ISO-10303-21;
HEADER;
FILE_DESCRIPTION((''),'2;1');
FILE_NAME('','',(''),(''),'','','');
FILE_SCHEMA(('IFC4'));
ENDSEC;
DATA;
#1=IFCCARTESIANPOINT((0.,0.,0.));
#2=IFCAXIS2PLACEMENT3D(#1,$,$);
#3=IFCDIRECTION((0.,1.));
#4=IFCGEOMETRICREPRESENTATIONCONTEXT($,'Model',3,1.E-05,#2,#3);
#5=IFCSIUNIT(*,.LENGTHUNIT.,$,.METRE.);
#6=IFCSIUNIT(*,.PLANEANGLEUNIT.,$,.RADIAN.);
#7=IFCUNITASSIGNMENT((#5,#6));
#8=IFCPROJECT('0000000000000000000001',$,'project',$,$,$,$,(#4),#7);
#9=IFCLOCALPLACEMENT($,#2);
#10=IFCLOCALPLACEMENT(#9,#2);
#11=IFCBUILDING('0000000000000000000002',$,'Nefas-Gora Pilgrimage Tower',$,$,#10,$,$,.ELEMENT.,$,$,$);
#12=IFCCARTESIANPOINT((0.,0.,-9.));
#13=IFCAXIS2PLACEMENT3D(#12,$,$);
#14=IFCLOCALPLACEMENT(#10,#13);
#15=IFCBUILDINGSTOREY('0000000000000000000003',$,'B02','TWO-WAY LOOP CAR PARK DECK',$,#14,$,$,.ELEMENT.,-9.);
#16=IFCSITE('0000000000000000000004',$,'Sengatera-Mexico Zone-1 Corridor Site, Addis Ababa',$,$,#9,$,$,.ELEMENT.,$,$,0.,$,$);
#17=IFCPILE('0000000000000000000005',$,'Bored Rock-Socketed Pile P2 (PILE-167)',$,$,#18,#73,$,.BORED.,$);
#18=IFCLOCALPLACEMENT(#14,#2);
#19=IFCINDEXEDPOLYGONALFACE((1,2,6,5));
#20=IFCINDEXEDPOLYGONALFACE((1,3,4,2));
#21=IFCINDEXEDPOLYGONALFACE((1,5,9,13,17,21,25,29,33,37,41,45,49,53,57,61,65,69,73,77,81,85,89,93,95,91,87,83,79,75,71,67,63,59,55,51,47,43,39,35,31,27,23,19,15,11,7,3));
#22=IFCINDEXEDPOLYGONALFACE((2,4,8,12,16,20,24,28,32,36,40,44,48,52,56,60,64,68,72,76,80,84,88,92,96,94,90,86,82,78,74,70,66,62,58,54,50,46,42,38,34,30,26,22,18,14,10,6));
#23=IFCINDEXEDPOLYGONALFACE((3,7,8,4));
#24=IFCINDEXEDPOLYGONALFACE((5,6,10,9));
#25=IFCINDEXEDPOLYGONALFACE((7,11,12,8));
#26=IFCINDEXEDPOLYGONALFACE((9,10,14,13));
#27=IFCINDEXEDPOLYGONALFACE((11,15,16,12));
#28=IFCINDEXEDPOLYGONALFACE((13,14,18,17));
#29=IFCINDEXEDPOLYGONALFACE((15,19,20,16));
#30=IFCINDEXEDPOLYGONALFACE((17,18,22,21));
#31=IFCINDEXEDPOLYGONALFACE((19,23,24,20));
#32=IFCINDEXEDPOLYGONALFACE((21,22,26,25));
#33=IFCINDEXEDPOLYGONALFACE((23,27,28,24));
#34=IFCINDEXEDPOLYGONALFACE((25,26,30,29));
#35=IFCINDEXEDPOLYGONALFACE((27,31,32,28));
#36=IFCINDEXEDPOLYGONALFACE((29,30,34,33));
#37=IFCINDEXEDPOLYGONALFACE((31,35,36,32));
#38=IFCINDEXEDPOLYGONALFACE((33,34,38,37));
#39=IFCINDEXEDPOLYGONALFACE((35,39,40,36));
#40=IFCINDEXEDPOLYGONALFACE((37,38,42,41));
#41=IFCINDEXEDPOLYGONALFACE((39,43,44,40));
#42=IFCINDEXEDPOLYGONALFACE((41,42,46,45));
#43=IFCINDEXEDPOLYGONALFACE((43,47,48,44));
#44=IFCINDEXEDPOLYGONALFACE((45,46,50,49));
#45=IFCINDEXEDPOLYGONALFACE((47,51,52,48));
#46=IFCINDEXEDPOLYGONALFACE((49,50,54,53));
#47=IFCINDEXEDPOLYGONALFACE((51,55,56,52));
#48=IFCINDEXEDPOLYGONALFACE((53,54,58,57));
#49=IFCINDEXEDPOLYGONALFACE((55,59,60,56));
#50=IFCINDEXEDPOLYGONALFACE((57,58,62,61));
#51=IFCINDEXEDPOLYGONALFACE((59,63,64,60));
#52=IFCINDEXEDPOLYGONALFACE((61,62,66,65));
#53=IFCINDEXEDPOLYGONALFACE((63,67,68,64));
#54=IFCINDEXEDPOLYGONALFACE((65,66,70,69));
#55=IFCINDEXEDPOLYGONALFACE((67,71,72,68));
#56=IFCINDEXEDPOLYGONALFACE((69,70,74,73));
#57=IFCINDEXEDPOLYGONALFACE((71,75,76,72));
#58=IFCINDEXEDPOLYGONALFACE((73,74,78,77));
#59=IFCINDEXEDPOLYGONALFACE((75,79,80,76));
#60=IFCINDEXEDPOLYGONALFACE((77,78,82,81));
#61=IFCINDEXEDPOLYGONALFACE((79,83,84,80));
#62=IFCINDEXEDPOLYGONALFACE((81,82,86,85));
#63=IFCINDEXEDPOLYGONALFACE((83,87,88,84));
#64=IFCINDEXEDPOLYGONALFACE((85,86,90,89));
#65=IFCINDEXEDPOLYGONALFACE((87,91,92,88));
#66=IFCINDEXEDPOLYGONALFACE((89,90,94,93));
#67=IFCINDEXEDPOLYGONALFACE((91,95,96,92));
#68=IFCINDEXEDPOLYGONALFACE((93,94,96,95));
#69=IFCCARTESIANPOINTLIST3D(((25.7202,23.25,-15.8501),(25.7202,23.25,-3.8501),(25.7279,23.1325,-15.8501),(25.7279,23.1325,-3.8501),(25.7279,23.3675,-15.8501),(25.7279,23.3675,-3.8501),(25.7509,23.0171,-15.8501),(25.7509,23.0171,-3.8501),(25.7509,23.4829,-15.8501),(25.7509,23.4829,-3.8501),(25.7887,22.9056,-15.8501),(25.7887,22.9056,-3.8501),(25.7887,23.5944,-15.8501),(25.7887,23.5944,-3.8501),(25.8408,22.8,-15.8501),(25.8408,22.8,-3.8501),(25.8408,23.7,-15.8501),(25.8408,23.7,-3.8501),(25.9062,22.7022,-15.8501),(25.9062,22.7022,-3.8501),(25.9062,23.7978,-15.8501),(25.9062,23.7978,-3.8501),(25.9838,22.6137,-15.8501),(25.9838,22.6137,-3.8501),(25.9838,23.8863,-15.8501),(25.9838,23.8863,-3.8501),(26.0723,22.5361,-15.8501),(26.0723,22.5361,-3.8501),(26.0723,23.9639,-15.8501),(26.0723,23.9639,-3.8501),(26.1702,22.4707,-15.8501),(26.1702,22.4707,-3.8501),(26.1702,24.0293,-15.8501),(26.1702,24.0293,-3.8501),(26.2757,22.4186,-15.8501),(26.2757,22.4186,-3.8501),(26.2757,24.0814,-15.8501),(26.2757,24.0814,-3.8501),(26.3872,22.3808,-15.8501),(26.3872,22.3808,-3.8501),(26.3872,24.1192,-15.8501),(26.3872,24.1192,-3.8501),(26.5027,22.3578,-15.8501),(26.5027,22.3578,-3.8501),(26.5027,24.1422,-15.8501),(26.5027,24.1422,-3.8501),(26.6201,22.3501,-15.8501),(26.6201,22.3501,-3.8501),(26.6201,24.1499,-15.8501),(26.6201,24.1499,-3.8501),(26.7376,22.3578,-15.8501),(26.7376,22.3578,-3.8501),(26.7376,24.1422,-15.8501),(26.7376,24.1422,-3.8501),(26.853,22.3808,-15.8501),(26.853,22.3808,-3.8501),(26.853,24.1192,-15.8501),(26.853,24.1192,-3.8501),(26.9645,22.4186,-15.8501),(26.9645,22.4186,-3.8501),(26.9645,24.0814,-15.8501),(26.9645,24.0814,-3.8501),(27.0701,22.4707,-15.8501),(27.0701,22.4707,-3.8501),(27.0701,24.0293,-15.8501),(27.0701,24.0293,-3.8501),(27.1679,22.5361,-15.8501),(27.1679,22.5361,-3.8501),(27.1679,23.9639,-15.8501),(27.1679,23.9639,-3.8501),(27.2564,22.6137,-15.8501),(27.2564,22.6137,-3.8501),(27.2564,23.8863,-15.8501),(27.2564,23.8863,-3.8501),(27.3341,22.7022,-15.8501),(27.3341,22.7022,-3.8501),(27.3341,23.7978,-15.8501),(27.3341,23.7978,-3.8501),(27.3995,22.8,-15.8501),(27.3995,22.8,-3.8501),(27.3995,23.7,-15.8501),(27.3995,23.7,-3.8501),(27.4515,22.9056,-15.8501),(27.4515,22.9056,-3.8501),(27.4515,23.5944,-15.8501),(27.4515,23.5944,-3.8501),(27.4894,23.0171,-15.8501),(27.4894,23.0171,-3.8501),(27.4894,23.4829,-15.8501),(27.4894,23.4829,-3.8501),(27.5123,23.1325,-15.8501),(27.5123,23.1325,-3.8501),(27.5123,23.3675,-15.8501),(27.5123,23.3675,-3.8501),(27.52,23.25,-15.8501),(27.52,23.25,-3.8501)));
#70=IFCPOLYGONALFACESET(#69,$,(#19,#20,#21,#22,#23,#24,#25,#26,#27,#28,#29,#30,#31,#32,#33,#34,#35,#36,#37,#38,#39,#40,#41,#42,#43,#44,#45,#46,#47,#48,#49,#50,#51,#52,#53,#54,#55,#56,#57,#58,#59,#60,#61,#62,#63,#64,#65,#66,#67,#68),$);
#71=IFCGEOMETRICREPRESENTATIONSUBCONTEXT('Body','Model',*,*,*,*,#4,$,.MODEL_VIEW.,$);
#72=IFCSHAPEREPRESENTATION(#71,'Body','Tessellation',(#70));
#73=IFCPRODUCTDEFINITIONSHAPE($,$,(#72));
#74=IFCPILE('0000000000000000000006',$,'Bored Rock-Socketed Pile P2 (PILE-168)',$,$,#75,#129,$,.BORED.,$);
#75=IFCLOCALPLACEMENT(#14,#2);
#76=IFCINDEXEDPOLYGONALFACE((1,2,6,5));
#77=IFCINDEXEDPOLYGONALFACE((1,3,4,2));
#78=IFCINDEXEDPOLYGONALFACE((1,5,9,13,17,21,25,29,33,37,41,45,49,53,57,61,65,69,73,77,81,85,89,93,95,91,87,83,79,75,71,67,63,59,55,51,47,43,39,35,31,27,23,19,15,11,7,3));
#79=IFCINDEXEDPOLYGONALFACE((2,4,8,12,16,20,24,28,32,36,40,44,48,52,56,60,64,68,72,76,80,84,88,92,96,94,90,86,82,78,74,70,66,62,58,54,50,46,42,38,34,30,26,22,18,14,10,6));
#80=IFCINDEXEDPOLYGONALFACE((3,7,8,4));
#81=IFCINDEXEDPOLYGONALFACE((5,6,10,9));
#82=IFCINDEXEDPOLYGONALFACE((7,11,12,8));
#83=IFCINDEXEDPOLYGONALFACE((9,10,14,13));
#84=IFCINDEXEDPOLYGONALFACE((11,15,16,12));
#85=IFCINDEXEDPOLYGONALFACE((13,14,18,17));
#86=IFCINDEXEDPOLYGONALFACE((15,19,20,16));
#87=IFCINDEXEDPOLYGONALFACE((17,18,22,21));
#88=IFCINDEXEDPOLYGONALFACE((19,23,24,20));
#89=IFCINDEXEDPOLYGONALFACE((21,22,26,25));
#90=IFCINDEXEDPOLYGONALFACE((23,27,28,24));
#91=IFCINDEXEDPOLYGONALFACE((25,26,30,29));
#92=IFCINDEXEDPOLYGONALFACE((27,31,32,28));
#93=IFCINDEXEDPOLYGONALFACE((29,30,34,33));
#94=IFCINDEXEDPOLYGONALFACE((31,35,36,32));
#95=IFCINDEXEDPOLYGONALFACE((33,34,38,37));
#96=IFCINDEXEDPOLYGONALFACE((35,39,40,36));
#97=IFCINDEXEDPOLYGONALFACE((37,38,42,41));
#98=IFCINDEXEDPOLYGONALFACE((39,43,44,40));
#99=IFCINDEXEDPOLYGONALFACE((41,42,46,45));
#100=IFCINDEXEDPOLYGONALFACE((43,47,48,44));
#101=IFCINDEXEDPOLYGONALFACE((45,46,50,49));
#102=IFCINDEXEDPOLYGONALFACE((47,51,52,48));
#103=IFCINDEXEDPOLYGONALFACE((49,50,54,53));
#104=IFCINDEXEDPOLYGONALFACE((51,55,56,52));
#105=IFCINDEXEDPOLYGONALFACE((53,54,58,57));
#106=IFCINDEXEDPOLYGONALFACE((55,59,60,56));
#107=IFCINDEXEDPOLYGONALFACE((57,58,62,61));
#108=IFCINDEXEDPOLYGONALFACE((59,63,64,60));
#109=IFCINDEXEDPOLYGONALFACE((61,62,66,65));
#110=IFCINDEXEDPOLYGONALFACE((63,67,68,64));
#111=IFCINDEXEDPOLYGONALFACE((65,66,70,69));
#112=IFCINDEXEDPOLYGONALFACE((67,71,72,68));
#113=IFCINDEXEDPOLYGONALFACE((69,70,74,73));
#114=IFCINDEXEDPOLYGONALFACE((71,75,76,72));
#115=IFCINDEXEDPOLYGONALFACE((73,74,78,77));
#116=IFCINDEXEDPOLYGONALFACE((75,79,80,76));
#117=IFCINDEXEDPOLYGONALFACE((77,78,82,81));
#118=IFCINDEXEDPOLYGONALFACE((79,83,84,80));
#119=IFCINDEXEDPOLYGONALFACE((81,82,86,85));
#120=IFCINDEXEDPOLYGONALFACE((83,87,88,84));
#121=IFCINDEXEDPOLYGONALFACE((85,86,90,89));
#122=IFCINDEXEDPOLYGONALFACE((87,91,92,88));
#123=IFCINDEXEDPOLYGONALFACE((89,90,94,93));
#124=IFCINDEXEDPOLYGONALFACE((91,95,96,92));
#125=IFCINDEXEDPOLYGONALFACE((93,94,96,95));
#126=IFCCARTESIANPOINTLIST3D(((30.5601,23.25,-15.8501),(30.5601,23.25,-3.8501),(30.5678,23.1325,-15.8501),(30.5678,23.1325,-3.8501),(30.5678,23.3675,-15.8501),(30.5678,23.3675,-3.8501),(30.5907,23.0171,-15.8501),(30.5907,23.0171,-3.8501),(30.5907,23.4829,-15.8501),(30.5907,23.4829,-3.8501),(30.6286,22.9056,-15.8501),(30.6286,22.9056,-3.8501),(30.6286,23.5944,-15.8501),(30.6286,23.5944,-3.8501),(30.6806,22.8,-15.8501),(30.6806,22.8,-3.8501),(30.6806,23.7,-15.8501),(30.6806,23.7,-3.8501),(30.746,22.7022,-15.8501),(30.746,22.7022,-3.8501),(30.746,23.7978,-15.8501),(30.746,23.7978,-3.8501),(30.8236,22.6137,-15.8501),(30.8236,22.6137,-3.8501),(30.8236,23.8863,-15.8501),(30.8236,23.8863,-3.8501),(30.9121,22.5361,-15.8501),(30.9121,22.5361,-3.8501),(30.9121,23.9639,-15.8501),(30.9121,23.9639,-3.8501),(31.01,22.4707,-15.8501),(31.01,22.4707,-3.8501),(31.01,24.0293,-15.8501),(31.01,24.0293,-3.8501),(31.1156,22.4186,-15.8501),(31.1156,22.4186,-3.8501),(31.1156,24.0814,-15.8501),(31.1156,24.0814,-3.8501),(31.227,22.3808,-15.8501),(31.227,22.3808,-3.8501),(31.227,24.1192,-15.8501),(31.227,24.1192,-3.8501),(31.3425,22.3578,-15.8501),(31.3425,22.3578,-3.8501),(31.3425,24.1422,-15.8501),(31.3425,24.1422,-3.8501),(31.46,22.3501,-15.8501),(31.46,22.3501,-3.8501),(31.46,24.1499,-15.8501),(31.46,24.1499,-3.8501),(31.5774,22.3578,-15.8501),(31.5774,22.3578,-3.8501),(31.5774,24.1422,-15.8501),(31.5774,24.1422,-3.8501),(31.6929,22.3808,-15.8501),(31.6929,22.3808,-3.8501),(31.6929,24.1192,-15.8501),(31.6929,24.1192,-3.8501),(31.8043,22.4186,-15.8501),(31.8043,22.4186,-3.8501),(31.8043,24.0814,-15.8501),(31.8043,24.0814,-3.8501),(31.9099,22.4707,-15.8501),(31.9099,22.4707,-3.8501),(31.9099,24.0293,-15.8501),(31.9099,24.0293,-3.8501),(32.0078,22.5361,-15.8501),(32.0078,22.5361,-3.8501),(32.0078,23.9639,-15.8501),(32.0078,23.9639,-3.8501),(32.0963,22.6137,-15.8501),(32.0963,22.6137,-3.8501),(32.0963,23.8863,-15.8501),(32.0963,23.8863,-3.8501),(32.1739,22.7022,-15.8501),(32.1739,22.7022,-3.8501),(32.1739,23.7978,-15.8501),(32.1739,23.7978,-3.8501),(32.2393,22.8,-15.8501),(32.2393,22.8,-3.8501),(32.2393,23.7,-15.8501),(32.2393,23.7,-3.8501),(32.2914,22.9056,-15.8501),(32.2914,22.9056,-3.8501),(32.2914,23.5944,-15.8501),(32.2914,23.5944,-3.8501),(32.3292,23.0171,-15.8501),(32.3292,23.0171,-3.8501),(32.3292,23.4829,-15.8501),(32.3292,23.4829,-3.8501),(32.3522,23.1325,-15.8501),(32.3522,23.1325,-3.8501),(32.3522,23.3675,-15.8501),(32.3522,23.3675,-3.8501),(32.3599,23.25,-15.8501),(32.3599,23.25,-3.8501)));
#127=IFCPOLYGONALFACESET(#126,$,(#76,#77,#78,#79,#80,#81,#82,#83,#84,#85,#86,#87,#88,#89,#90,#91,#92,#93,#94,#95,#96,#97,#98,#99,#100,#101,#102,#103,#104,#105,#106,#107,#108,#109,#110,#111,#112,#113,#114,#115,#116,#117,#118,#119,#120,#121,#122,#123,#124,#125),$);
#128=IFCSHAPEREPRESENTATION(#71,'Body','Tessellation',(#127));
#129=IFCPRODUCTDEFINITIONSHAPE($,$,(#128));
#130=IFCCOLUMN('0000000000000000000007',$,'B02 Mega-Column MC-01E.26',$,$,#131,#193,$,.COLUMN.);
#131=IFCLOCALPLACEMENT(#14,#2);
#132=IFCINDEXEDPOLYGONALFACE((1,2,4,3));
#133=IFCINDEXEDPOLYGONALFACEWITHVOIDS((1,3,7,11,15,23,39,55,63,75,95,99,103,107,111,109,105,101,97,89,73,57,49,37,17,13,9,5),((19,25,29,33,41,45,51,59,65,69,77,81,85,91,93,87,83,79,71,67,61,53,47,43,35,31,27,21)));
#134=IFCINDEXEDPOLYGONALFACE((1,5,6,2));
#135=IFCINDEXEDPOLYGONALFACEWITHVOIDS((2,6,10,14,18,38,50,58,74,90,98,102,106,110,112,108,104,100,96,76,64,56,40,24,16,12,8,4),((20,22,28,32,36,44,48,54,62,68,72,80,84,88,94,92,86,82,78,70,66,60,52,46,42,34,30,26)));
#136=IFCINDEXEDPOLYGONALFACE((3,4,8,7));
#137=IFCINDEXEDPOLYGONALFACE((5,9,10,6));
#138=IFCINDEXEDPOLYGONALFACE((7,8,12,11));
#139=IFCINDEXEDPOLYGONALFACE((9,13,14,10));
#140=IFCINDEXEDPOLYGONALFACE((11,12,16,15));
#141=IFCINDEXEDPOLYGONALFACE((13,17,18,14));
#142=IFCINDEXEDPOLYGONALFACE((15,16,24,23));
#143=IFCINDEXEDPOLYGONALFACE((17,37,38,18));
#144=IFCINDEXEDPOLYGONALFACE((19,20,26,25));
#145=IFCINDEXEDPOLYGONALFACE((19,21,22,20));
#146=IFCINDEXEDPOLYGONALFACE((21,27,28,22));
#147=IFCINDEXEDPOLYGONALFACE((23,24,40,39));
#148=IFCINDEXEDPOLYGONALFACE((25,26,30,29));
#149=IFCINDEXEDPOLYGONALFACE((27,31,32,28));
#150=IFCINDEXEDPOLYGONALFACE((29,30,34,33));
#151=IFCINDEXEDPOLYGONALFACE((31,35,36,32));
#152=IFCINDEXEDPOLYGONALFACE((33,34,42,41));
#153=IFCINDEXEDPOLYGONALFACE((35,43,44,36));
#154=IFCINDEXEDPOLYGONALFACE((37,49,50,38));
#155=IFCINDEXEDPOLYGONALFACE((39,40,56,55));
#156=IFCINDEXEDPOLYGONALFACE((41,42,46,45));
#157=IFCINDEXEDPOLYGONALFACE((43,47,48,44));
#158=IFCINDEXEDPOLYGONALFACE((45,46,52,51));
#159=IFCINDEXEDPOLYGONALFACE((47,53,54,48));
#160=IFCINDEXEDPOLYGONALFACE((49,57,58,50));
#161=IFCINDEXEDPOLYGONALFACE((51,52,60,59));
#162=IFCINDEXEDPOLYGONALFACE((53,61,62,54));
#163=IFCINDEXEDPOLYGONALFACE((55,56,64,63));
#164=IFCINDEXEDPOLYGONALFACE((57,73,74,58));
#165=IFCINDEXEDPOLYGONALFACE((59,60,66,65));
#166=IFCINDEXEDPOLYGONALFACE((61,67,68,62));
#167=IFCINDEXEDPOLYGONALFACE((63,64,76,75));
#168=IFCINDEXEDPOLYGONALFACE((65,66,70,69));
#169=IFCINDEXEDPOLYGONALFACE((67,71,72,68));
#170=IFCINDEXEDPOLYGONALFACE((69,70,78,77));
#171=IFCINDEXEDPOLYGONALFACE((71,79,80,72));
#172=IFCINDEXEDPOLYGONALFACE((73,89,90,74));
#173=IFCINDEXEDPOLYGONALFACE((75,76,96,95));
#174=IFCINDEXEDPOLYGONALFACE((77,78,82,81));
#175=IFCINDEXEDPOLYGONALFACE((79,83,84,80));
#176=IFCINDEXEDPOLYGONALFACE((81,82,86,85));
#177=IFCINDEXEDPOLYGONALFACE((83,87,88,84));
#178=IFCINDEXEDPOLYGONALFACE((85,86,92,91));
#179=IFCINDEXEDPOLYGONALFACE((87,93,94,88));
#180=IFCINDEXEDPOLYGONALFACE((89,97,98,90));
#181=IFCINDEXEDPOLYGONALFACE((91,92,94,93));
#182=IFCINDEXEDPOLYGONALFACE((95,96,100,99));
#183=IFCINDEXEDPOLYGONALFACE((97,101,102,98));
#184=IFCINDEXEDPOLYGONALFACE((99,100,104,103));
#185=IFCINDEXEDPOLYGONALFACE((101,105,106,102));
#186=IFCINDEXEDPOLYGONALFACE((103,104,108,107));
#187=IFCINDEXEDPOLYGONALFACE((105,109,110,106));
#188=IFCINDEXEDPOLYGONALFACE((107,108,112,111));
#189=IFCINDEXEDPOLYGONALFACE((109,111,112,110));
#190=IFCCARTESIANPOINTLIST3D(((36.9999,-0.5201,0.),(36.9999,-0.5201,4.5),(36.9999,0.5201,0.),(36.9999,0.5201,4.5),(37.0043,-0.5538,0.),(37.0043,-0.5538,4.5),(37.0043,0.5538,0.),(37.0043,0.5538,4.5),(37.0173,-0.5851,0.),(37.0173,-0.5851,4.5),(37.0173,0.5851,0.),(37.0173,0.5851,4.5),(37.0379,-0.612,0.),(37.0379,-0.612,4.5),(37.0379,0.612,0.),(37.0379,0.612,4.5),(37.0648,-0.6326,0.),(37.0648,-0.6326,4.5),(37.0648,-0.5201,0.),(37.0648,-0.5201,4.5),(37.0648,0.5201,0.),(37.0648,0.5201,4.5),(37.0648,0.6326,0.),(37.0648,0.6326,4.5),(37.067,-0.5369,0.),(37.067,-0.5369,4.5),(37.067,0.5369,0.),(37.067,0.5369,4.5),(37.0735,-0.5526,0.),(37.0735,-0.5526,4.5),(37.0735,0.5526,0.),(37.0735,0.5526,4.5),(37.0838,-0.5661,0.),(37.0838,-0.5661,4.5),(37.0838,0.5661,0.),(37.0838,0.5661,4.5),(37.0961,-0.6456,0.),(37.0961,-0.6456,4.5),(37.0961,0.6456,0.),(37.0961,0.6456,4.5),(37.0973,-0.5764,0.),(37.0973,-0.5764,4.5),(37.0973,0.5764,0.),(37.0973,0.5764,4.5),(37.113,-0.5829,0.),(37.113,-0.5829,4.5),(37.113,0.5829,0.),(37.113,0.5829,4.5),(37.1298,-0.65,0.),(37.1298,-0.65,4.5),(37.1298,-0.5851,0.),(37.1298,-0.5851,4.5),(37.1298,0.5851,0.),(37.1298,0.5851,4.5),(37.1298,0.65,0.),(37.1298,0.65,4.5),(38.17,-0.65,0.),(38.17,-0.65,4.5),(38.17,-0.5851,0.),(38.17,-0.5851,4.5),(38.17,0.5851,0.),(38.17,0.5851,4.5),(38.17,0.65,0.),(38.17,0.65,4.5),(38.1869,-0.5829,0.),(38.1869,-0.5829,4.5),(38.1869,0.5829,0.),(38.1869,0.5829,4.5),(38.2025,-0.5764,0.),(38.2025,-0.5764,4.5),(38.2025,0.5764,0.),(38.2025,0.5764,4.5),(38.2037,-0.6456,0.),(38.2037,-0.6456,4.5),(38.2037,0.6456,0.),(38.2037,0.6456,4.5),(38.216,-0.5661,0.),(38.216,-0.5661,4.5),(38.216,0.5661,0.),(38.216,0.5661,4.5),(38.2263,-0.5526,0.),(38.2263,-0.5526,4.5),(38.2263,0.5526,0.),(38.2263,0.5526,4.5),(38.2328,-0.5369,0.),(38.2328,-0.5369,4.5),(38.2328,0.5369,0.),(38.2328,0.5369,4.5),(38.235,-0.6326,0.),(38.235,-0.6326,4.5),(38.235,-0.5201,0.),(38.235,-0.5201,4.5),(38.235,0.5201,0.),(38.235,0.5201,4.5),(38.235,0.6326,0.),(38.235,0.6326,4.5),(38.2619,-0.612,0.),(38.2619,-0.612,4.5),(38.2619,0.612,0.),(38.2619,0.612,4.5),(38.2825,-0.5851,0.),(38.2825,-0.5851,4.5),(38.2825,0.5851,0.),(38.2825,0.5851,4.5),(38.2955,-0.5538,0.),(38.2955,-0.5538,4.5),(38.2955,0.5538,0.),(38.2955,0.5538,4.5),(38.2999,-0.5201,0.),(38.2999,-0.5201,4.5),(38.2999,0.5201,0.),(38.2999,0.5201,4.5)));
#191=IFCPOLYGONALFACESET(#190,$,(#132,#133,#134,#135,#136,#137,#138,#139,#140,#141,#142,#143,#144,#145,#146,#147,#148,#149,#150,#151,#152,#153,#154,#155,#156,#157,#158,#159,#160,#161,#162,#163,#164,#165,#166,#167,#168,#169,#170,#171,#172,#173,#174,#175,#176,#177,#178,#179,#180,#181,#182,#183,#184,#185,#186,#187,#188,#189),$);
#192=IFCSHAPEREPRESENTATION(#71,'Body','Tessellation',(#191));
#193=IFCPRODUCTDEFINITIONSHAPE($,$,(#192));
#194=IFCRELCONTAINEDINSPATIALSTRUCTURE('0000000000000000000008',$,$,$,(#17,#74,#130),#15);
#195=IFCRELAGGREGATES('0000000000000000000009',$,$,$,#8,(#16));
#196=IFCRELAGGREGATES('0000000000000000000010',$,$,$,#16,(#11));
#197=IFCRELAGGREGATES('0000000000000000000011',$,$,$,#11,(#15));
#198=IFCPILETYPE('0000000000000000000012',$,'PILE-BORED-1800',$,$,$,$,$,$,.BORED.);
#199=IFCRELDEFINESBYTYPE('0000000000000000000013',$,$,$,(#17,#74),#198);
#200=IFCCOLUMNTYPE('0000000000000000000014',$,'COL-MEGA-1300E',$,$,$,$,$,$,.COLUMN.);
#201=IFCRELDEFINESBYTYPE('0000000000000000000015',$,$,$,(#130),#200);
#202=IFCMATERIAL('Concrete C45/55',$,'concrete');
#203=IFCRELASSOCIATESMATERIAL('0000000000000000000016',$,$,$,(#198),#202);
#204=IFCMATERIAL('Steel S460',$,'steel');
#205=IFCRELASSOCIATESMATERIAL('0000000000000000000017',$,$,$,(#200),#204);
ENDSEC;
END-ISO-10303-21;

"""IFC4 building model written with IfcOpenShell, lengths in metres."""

from ifc_helpers import new_model, si_unit, direction, frame, origin, origin_2d, place, context, subcontext, project, spatial, hollow_rectangle, circle, extrude, source, transform, mapped, material, material_profile, profile_set, type_object, element, save


model = new_model("IFC4")

# Units and contexts
model_context = context("Model", 3, precision=1e-05, world=origin(), true_north=direction((0.0, 1.0)))
body_context = subcontext(model_context, "Body", "Model", "MODEL_VIEW")
ifc_project = project(units=[si_unit("LENGTHUNIT", "METRE"), si_unit("PLANEANGLEUNIT", "RADIAN")], contexts=[model_context])

# Site, building, storey
site_placement = place(None, origin())
site = spatial("IfcSite", under=ifc_project, at=site_placement, Name="Sengatera-Mexico Zone-1 Corridor Site, Addis Ababa", CompositionType="ELEMENT", RefElevation=0.0)
building_placement = place(site_placement, origin())
building = spatial("IfcBuilding", under=site, at=building_placement, Name="Nefas-Gora Pilgrimage Tower", CompositionType="ELEMENT")
storey_placement = place(building_placement, frame((0.0, 0.0, -9.0)))
storey = spatial("IfcBuildingStorey", under=building, at=storey_placement, Name="B02", Description="TWO-WAY LOOP CAR PARK DECK", CompositionType="ELEMENT", Elevation=-9.0)

# Piles
ifc_material_1 = material(Name="Concrete C45/55", Category="concrete")
ifc_material_profile_1 = material_profile(ifc_material_1, circle(Radius=0.8999, at=origin_2d()), Name="PILE D1800")
ifc_profile_set_1 = profile_set([ifc_material_profile_1], Name="Concrete C45/55")
pile_type = type_object("IfcPileType", Name="PILE-BORED-1800", PredefinedType="BORED", material=ifc_profile_set_1)
shared_shape_1 = source(origin(), body_context, "Body", "SweptSolid", [
    extrude(circle(Radius=0.8999, at=origin_2d()), origin(), (0.0, 0.0, 1.0), 12.0),
])
for number, where, z_axis, x_axis, name in (
    (1, (26.6201, 23.25, -3.8501), (0.0, 0.0, -1.0), (1.0, 0.0, 0.0), "Bored Rock-Socketed Pile P2 (PILE-167)"),
    (2, (31.46, 23.25, -3.8501), (0.0, 0.0, -1.0), (1.0, 0.0, 0.0), "Bored Rock-Socketed Pile P2 (PILE-168)"),
):
    element("IfcPile", number, at=place(storey_placement, frame(where, z_axis=z_axis, x_axis=x_axis)), inside=storey, type_object=pile_type, Name=name, PredefinedType="BORED", context=body_context, shape_type="MappedRepresentation", body=[
        mapped(shared_shape_1, transform((0.0, 0.0, 0.0), x_axis=(1.0, 0.0, 0.0), y_axis=(0.0, 1.0, 0.0), z_axis=(0.0, 0.0, 1.0), scale=1.0)),
    ])

# Column
ifc_material_2 = material(Name="Steel S460", Category="steel")
ifc_material_profile_2 = material_profile(ifc_material_2, hollow_rectangle(XDim=1.3, YDim=1.3, WallThickness=0.0649, InnerFilletRadius=0.0649, OuterFilletRadius=0.1299, at=origin_2d()), Name="BOX 1300x1300x65")
ifc_profile_set_2 = profile_set([ifc_material_profile_2], Name="Steel S460")
column_type = type_object("IfcColumnType", Name="COL-MEGA-1300E", PredefinedType="COLUMN", material=ifc_profile_set_2)
shared_shape_2 = source(origin(), body_context, "Body", "SweptSolid", [
    extrude(hollow_rectangle(XDim=1.3, YDim=1.3, WallThickness=0.0649, InnerFilletRadius=0.0649, OuterFilletRadius=0.1299, at=origin_2d()), origin(), (0.0, 0.0, 1.0), 4.5),
])
for number, where, z_axis, x_axis, name in (
    (3, (37.6499, 0.0, 0.0), (0.0, 0.0, 1.0), (1.0, 0.0, 0.0), "B02 Mega-Column MC-01E.26"),
):
    element("IfcColumn", number, at=place(storey_placement, frame(where, z_axis=z_axis, x_axis=x_axis)), inside=storey, type_object=column_type, Name=name, PredefinedType="COLUMN", context=body_context, shape_type="MappedRepresentation", body=[
        mapped(shared_shape_2, transform((0.0, 0.0, 0.0), x_axis=(1.0, 0.0, 0.0), y_axis=(0.0, 1.0, 0.0), z_axis=(0.0, 0.0, 1.0), scale=1.0)),
    ])

save(model, "model.ifc")
